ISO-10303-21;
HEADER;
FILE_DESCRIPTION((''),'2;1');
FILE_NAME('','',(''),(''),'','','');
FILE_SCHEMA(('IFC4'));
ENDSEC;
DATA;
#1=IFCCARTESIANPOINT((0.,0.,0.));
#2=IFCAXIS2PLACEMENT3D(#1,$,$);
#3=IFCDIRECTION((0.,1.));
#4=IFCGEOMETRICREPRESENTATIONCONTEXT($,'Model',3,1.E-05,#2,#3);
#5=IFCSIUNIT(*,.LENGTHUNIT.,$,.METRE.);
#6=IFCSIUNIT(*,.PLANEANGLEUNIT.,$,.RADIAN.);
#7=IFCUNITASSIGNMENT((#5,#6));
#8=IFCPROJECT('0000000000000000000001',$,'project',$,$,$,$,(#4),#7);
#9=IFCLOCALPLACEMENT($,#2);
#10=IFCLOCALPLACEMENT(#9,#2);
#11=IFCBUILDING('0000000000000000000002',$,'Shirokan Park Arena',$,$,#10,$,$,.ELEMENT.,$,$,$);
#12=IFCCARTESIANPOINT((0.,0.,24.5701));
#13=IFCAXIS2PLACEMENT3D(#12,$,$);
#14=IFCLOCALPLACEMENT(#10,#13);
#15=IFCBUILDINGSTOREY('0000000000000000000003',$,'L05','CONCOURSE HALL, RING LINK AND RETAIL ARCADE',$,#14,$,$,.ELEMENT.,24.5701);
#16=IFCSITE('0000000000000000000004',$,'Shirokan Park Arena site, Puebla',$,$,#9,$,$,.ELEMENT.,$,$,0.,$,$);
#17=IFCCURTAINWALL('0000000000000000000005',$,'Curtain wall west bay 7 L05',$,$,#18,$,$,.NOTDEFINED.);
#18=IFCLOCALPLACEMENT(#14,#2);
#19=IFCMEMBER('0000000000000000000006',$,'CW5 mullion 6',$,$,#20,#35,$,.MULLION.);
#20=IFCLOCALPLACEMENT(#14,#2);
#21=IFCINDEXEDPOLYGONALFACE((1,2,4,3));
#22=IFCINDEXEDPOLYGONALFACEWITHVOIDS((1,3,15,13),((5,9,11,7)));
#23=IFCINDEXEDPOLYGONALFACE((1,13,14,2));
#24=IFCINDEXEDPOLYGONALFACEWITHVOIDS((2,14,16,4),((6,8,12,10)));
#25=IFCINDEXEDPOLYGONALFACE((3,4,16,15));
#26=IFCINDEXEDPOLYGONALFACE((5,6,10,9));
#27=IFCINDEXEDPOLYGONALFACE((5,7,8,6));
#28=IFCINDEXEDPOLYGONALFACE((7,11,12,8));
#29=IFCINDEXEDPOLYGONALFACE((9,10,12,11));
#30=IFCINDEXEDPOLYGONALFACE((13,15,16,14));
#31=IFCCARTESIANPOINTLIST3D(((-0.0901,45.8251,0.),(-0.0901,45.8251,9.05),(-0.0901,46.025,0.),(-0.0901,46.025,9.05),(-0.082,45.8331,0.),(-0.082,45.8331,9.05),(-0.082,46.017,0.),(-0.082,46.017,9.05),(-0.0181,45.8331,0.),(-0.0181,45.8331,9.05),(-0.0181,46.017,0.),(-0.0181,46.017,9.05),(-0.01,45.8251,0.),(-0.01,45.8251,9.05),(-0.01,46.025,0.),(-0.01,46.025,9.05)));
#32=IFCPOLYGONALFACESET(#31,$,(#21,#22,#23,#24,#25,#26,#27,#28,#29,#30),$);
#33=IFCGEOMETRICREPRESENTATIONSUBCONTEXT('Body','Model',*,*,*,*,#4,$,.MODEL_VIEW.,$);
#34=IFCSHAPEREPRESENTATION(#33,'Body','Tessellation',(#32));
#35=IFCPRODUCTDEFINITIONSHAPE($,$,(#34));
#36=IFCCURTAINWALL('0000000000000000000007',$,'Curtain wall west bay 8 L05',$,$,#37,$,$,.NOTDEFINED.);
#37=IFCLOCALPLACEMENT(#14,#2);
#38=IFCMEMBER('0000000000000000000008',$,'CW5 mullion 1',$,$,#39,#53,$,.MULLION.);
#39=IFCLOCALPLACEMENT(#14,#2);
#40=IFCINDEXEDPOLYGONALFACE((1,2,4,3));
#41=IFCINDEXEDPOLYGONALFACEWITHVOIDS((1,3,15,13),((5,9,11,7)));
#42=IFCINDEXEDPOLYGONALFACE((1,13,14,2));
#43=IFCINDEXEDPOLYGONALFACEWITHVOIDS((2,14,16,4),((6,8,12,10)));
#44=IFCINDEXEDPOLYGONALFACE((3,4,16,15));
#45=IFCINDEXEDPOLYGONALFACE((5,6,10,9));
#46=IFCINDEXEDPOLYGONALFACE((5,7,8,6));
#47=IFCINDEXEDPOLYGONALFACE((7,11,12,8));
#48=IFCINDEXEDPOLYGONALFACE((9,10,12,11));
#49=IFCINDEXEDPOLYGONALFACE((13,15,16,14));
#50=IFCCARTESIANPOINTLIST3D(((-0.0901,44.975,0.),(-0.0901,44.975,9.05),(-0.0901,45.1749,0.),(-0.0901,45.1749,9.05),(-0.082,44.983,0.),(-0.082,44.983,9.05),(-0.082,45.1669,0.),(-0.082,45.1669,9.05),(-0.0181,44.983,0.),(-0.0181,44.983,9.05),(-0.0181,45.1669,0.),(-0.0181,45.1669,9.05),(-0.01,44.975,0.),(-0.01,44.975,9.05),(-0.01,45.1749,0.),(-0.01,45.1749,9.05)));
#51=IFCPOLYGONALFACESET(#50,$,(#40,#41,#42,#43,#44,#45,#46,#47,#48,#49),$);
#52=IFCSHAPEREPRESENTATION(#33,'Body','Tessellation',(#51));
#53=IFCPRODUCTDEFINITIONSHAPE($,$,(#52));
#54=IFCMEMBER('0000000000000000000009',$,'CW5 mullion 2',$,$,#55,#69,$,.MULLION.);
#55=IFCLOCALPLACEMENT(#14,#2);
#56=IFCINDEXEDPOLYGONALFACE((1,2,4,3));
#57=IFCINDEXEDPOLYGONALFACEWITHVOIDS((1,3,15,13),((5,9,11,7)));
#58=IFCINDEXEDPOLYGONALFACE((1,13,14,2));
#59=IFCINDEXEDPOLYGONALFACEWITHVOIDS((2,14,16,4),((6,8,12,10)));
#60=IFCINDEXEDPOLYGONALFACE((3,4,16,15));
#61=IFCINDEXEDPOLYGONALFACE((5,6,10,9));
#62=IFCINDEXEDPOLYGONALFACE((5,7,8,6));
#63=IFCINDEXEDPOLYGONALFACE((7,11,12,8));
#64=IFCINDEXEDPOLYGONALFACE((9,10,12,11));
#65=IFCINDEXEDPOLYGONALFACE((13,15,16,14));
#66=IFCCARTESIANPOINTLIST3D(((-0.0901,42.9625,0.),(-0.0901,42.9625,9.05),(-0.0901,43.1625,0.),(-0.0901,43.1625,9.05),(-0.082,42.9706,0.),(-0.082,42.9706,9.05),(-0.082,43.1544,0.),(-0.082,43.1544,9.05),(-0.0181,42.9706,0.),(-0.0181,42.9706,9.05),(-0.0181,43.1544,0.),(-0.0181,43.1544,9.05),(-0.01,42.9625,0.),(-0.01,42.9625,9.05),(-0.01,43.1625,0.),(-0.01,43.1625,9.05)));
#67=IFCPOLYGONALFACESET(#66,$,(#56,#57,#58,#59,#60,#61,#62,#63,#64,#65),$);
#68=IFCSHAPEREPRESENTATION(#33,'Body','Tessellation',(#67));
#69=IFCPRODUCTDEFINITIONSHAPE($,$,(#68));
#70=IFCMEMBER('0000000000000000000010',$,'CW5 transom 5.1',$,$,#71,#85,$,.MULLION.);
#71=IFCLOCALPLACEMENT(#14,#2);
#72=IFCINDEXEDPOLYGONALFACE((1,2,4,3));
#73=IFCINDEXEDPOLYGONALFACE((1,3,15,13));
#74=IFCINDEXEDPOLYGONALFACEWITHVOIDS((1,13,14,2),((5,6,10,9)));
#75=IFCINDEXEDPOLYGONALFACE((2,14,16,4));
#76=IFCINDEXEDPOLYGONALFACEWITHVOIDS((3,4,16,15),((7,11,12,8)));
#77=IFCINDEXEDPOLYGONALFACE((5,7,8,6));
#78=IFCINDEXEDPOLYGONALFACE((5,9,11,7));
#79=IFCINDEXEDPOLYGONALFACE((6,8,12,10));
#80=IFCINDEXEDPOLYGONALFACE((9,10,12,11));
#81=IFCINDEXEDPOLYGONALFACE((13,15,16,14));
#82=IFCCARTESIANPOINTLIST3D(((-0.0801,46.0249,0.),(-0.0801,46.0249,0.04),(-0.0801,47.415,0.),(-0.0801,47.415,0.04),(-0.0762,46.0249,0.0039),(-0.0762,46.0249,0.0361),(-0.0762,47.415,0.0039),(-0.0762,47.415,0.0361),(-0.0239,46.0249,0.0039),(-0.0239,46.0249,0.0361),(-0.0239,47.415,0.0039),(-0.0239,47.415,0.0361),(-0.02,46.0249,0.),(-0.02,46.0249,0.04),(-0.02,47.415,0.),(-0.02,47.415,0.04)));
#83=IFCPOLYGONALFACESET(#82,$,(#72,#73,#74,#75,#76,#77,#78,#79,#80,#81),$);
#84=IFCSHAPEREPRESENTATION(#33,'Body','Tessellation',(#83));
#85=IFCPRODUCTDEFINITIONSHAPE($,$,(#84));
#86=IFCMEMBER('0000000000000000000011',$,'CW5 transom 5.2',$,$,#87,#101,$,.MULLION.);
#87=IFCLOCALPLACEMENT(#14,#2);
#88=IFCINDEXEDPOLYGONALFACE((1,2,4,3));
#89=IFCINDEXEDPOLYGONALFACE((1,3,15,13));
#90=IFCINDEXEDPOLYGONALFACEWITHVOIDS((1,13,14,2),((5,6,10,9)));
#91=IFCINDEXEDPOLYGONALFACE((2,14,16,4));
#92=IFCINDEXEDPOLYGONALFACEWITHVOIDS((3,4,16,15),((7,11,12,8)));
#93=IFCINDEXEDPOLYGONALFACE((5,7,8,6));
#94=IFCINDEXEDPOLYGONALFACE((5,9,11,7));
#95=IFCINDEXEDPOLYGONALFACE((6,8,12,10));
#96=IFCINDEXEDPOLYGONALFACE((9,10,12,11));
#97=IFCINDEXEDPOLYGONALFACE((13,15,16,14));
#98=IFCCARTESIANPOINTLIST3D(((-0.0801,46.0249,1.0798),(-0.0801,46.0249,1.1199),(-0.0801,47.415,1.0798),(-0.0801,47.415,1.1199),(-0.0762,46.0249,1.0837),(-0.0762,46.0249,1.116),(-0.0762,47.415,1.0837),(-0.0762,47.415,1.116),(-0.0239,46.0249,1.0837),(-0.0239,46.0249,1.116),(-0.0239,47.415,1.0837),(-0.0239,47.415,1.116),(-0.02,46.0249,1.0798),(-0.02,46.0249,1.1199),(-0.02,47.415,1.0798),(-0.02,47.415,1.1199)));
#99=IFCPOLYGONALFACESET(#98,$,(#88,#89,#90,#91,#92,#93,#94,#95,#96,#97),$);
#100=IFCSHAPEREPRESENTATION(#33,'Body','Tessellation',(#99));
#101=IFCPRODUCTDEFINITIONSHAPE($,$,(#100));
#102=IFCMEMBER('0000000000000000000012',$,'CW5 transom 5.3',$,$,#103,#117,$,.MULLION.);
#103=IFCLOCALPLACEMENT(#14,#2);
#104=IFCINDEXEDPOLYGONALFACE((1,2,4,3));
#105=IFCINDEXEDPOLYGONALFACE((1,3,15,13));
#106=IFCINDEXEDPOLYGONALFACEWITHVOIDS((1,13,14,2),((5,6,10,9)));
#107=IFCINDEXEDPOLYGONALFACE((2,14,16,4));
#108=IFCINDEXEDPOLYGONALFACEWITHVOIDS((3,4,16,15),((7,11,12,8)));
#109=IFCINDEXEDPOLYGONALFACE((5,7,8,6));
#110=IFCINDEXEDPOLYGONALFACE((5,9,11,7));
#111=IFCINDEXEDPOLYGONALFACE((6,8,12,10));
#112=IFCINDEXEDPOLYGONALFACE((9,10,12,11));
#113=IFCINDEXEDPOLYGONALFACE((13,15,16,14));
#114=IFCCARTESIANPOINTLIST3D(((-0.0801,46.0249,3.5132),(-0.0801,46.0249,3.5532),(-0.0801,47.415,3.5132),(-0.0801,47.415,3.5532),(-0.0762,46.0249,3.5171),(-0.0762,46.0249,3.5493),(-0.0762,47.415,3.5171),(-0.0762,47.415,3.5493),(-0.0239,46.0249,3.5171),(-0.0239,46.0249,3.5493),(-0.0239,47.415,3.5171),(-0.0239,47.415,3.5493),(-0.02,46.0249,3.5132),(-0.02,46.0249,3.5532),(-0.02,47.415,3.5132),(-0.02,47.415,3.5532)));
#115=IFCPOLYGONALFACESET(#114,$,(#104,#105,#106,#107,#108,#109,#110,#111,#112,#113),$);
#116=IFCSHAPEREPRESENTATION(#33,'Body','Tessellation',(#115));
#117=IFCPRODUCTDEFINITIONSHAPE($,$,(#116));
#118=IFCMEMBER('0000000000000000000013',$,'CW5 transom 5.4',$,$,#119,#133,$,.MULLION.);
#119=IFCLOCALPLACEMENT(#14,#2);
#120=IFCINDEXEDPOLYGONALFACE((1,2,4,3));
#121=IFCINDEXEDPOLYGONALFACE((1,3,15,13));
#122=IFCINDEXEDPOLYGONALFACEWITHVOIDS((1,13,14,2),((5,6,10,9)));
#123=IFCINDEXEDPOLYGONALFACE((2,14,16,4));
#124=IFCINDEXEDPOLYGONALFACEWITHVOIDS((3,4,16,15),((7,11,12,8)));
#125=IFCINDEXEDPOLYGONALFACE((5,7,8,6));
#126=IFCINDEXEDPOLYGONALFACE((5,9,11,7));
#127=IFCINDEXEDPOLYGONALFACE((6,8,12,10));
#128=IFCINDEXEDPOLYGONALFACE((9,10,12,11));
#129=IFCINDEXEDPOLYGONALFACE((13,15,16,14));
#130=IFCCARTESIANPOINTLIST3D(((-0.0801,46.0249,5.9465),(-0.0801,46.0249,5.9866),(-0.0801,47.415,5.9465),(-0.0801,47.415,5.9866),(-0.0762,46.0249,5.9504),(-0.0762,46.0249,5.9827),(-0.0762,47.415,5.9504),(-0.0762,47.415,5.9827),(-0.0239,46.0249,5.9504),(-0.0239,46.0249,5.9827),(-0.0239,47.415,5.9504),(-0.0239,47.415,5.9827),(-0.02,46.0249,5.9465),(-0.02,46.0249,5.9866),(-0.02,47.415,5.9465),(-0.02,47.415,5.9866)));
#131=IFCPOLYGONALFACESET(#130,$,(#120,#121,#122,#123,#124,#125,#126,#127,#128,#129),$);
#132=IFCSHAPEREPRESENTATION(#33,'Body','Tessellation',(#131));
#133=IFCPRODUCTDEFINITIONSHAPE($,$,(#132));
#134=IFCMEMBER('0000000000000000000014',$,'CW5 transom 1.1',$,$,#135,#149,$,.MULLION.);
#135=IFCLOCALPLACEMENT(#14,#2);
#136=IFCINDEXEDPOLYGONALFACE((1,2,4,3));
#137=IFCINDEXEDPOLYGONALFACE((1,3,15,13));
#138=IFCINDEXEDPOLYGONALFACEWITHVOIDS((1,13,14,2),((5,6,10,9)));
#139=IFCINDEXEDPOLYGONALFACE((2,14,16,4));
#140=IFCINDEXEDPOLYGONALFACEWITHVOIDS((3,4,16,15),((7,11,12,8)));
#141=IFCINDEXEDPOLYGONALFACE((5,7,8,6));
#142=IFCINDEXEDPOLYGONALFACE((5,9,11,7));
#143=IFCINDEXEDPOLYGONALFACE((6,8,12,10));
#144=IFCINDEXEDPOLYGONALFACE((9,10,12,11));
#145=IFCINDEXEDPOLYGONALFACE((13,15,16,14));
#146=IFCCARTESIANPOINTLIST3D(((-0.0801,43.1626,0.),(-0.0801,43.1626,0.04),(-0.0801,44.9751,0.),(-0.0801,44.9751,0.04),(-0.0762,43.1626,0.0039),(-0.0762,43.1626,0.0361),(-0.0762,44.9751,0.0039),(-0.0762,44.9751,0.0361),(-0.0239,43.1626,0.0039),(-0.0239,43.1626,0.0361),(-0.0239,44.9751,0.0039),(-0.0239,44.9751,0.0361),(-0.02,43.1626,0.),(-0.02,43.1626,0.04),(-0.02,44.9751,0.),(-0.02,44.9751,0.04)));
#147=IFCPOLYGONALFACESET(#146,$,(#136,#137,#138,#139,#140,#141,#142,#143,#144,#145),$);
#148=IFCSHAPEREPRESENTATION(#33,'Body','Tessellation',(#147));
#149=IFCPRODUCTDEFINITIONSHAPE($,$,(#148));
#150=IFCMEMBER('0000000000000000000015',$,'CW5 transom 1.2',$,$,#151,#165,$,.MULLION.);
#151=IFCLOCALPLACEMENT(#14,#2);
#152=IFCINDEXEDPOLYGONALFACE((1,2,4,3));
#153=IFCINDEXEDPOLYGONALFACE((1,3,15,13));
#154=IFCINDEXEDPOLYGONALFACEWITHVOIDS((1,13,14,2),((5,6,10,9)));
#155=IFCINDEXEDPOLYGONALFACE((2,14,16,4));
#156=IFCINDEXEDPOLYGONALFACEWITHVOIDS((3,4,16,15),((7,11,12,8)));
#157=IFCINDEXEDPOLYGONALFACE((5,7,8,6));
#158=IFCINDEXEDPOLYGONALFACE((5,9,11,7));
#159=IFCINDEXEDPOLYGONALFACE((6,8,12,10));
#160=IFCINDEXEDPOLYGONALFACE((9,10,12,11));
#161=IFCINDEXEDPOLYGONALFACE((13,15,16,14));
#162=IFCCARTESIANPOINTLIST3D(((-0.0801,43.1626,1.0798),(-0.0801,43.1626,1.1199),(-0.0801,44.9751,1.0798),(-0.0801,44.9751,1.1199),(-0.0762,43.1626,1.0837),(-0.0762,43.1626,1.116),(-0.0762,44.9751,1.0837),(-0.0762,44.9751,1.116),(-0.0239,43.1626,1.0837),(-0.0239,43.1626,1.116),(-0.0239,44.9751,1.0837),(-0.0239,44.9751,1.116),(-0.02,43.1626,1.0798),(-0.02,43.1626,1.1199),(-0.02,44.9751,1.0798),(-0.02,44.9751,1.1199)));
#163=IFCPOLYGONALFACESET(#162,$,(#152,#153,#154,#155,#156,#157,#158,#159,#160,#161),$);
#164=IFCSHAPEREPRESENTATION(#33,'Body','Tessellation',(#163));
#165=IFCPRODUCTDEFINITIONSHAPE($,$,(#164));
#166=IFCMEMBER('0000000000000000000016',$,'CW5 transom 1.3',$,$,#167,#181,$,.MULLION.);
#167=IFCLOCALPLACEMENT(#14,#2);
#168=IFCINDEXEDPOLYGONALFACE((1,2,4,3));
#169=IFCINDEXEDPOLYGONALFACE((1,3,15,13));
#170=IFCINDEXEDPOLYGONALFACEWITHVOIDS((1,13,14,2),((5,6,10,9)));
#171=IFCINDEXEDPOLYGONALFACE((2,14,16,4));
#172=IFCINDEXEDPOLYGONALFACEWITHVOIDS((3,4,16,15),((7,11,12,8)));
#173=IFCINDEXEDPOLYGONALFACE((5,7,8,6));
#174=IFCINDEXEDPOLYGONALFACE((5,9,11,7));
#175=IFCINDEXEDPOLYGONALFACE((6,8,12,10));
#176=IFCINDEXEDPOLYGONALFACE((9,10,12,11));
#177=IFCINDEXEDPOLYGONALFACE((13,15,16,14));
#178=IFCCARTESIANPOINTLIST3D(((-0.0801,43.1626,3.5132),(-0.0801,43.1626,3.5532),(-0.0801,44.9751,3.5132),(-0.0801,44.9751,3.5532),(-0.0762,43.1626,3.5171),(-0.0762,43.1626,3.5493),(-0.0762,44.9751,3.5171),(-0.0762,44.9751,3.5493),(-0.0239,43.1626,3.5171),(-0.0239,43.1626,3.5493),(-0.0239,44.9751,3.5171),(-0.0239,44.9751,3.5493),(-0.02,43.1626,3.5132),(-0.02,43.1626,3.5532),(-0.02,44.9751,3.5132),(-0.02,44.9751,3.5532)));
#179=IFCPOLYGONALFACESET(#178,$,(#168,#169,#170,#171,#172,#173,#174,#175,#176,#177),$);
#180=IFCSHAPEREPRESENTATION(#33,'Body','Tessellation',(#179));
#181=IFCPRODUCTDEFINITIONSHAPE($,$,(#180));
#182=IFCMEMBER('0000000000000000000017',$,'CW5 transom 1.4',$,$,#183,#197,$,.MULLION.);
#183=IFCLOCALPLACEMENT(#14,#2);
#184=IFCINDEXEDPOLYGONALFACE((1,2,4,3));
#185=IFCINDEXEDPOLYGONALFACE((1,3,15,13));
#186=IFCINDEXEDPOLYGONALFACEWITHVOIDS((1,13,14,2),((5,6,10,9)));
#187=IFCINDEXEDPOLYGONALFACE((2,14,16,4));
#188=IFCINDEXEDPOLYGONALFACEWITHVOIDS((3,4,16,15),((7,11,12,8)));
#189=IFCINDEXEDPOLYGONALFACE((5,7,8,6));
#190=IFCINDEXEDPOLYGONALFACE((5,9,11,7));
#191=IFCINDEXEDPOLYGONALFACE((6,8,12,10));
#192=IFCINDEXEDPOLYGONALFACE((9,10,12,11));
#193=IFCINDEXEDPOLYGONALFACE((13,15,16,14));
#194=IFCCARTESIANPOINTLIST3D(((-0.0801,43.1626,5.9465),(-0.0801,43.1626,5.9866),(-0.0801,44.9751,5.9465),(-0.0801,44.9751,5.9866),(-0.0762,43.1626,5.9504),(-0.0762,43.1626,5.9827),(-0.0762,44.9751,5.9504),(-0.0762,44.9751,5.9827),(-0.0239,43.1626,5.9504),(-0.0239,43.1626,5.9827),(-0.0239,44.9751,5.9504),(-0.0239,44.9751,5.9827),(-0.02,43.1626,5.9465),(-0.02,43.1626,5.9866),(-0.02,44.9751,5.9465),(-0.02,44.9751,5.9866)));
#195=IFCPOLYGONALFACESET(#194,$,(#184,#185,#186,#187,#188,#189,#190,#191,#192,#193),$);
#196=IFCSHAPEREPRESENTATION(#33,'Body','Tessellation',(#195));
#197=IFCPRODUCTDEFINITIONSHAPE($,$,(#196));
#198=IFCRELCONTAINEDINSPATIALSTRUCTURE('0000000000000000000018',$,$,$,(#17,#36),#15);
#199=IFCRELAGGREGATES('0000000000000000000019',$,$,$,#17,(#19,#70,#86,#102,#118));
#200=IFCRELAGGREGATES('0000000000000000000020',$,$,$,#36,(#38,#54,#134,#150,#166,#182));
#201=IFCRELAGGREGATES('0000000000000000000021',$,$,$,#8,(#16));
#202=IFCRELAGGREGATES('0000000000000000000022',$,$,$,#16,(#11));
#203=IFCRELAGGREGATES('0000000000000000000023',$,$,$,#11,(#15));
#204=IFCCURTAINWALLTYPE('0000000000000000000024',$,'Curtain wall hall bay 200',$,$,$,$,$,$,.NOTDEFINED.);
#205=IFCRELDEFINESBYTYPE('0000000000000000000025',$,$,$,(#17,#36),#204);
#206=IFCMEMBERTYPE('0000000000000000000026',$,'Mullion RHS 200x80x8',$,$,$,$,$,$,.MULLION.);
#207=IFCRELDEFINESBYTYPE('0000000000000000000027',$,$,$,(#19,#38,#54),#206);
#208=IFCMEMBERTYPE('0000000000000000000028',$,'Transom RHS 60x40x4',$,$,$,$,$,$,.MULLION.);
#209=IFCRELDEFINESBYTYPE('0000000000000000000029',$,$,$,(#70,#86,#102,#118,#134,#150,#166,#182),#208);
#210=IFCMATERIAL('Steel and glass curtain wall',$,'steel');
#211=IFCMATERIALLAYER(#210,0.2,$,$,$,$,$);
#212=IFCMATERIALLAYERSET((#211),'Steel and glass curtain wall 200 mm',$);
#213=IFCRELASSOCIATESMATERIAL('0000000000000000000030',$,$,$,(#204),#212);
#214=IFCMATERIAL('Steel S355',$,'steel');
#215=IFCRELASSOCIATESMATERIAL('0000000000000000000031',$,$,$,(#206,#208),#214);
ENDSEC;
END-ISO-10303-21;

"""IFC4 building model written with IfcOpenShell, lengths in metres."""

from ifc_helpers import new_model, si_unit, direction, frame, origin, origin_2d, place, context, subcontext, project, spatial, hollow_rectangle, extrude, material, layer, layer_set, material_profile, profile_set, type_object, element, aggregate, save


model = new_model("IFC4")

# Units and contexts
model_context = context("Model", 3, precision=1e-05, world=origin(), true_north=direction((0.0, 1.0)))
body_context = subcontext(model_context, "Body", "Model", "MODEL_VIEW")
ifc_project = project(units=[si_unit("LENGTHUNIT", "METRE"), si_unit("PLANEANGLEUNIT", "RADIAN")], contexts=[model_context])

# Site, building, storey
site_placement = place(None, origin())
site = spatial("IfcSite", under=ifc_project, at=site_placement, Name="Shirokan Park Arena site, Puebla", CompositionType="ELEMENT", RefElevation=0.0)
building_placement = place(site_placement, origin())
building = spatial("IfcBuilding", under=site, at=building_placement, Name="Shirokan Park Arena", CompositionType="ELEMENT")
storey_placement = place(building_placement, frame((0.0, 0.0, 24.5701)))
storey = spatial("IfcBuildingStorey", under=building, at=storey_placement, Name="L05", Description="CONCOURSE HALL, RING LINK AND RETAIL ARCADE", CompositionType="ELEMENT", Elevation=24.5701)

# Curtain wall, member
ifc_material_1 = material(Name="Steel and glass curtain wall", Category="steel")
ifc_layer_1 = layer(ifc_material_1, 0.2)
ifc_layer_set_1 = layer_set([ifc_layer_1], Name="Steel and glass curtain wall 200 mm")
curtain_wall_type = type_object("IfcCurtainWallType", Name="Curtain wall hall bay 200", PredefinedType="NOTDEFINED", material=ifc_layer_set_1)
curtain_wall_1_placement = place(storey_placement, origin())
curtain_wall_1 = element("IfcCurtainWall", 1, at=curtain_wall_1_placement, inside=storey, type_object=curtain_wall_type, Name="Curtain wall west bay 7 L05", PredefinedType="NOTDEFINED")
ifc_material_2 = material(Name="Steel S355", Category="steel")
ifc_material_profile_1 = material_profile(ifc_material_2, hollow_rectangle(XDim=0.0801, YDim=0.2, WallThickness=0.0081, at=origin_2d()), Name="RHS 200x80x8")
ifc_profile_set_1 = profile_set([ifc_material_profile_1], Name="Steel S355")
member_type_1 = type_object("IfcMemberType", Name="Mullion RHS 200x80x8", PredefinedType="MULLION", material=ifc_profile_set_1)
member_1_placement = place(storey_placement, frame((-0.05, 45.925, 0.0), z_axis=(0.0, 0.0, 1.0), x_axis=(1.0, 0.0, 0.0)))
member_1 = element("IfcMember", 2, at=member_1_placement, type_object=member_type_1, Name="CW5 mullion 6", PredefinedType="MULLION", context=body_context, shape_type="SweptSolid", body=[
    extrude(hollow_rectangle(XDim=0.0801, YDim=0.2, WallThickness=0.0081, at=origin_2d()), origin(), (0.0, 0.0, 1.0), 9.05),
])

# Curtain wall, members
curtain_wall_2_placement = place(storey_placement, origin())
curtain_wall_2 = element("IfcCurtainWall", 3, at=curtain_wall_2_placement, inside=storey, type_object=curtain_wall_type, Name="Curtain wall west bay 8 L05", PredefinedType="NOTDEFINED")
member_2_placement = place(storey_placement, frame((-0.05, 45.075, 0.0), z_axis=(0.0, 0.0, 1.0), x_axis=(1.0, 0.0, 0.0)))
member_2 = element("IfcMember", 4, at=member_2_placement, type_object=member_type_1, Name="CW5 mullion 1", PredefinedType="MULLION", context=body_context, shape_type="SweptSolid", body=[
    extrude(hollow_rectangle(XDim=0.0801, YDim=0.2, WallThickness=0.0081, at=origin_2d()), origin(), (0.0, 0.0, 1.0), 9.05),
])
member_3_placement = place(storey_placement, frame((-0.05, 43.0625, 0.0), z_axis=(0.0, 0.0, 1.0), x_axis=(1.0, 0.0, 0.0)))
member_3 = element("IfcMember", 5, at=member_3_placement, type_object=member_type_1, Name="CW5 mullion 2", PredefinedType="MULLION", context=body_context, shape_type="SweptSolid", body=[
    extrude(hollow_rectangle(XDim=0.0801, YDim=0.2, WallThickness=0.0081, at=origin_2d()), origin(), (0.0, 0.0, 1.0), 9.05),
])

# Members
ifc_material_profile_2 = material_profile(ifc_material_2, hollow_rectangle(XDim=0.0601, YDim=0.04, WallThickness=0.0039, at=origin_2d()), Name="RHS 60x40x4")
ifc_profile_set_2 = profile_set([ifc_material_profile_2], Name="Steel S355")
member_type_2 = type_object("IfcMemberType", Name="Transom RHS 60x40x4", PredefinedType="MULLION", material=ifc_profile_set_2)
member_4_placement = place(storey_placement, frame((-0.05, 47.415, 0.02), z_axis=(0.0, -1.0, 0.0), x_axis=(1.0, 0.0, 0.0)))
member_4 = element("IfcMember", 6, at=member_4_placement, type_object=member_type_2, Name="CW5 transom 5.1", PredefinedType="MULLION", context=body_context, shape_type="SweptSolid", body=[
    extrude(hollow_rectangle(XDim=0.0601, YDim=0.04, WallThickness=0.0039, at=origin_2d()), origin(), (0.0, 0.0, 1.0), 1.3901),
])
member_5_placement = place(storey_placement, frame((-0.05, 47.415, 1.0999), z_axis=(0.0, -1.0, 0.0), x_axis=(1.0, 0.0, 0.0)))
member_5 = element("IfcMember", 7, at=member_5_placement, type_object=member_type_2, Name="CW5 transom 5.2", PredefinedType="MULLION", context=body_context, shape_type="SweptSolid", body=[
    extrude(hollow_rectangle(XDim=0.0601, YDim=0.04, WallThickness=0.0039, at=origin_2d()), origin(), (0.0, 0.0, 1.0), 1.3901),
])
member_6_placement = place(storey_placement, frame((-0.05, 47.415, 3.5332), z_axis=(0.0, -1.0, 0.0), x_axis=(1.0, 0.0, 0.0)))
member_6 = element("IfcMember", 8, at=member_6_placement, type_object=member_type_2, Name="CW5 transom 5.3", PredefinedType="MULLION", context=body_context, shape_type="SweptSolid", body=[
    extrude(hollow_rectangle(XDim=0.0601, YDim=0.04, WallThickness=0.0039, at=origin_2d()), origin(), (0.0, 0.0, 1.0), 1.3901),
])
member_7_placement = place(storey_placement, frame((-0.05, 47.415, 5.9666), z_axis=(0.0, -1.0, 0.0), x_axis=(1.0, 0.0, 0.0)))
member_7 = element("IfcMember", 9, at=member_7_placement, type_object=member_type_2, Name="CW5 transom 5.4", PredefinedType="MULLION", context=body_context, shape_type="SweptSolid", body=[
    extrude(hollow_rectangle(XDim=0.0601, YDim=0.04, WallThickness=0.0039, at=origin_2d()), origin(), (0.0, 0.0, 1.0), 1.3901),
])
member_8_placement = place(storey_placement, frame((-0.05, 44.9751, 0.02), z_axis=(0.0, -1.0, 0.0), x_axis=(1.0, 0.0, 0.0)))
member_8 = element("IfcMember", 10, at=member_8_placement, type_object=member_type_2, Name="CW5 transom 1.1", PredefinedType="MULLION", context=body_context, shape_type="SweptSolid", body=[
    extrude(hollow_rectangle(XDim=0.0601, YDim=0.04, WallThickness=0.0039, at=origin_2d()), origin(), (0.0, 0.0, 1.0), 1.8125),
])
member_9_placement = place(storey_placement, frame((-0.05, 44.9751, 1.0999), z_axis=(0.0, -1.0, 0.0), x_axis=(1.0, 0.0, 0.0)))
member_9 = element("IfcMember", 11, at=member_9_placement, type_object=member_type_2, Name="CW5 transom 1.2", PredefinedType="MULLION", context=body_context, shape_type="SweptSolid", body=[
    extrude(hollow_rectangle(XDim=0.0601, YDim=0.04, WallThickness=0.0039, at=origin_2d()), origin(), (0.0, 0.0, 1.0), 1.8125),
])
member_10_placement = place(storey_placement, frame((-0.05, 44.9751, 3.5332), z_axis=(0.0, -1.0, 0.0), x_axis=(1.0, 0.0, 0.0)))
member_10 = element("IfcMember", 12, at=member_10_placement, type_object=member_type_2, Name="CW5 transom 1.3", PredefinedType="MULLION", context=body_context, shape_type="SweptSolid", body=[
    extrude(hollow_rectangle(XDim=0.0601, YDim=0.04, WallThickness=0.0039, at=origin_2d()), origin(), (0.0, 0.0, 1.0), 1.8125),
])
member_11_placement = place(storey_placement, frame((-0.05, 44.9751, 5.9666), z_axis=(0.0, -1.0, 0.0), x_axis=(1.0, 0.0, 0.0)))
member_11 = element("IfcMember", 13, at=member_11_placement, type_object=member_type_2, Name="CW5 transom 1.4", PredefinedType="MULLION", context=body_context, shape_type="SweptSolid", body=[
    extrude(hollow_rectangle(XDim=0.0601, YDim=0.04, WallThickness=0.0039, at=origin_2d()), origin(), (0.0, 0.0, 1.0), 1.8125),
])

aggregate(curtain_wall_1, [member_1, member_4, member_5, member_6, member_7])
aggregate(curtain_wall_2, [member_2, member_3, member_8, member_9, member_10, member_11])

save(model, "model.ifc")
